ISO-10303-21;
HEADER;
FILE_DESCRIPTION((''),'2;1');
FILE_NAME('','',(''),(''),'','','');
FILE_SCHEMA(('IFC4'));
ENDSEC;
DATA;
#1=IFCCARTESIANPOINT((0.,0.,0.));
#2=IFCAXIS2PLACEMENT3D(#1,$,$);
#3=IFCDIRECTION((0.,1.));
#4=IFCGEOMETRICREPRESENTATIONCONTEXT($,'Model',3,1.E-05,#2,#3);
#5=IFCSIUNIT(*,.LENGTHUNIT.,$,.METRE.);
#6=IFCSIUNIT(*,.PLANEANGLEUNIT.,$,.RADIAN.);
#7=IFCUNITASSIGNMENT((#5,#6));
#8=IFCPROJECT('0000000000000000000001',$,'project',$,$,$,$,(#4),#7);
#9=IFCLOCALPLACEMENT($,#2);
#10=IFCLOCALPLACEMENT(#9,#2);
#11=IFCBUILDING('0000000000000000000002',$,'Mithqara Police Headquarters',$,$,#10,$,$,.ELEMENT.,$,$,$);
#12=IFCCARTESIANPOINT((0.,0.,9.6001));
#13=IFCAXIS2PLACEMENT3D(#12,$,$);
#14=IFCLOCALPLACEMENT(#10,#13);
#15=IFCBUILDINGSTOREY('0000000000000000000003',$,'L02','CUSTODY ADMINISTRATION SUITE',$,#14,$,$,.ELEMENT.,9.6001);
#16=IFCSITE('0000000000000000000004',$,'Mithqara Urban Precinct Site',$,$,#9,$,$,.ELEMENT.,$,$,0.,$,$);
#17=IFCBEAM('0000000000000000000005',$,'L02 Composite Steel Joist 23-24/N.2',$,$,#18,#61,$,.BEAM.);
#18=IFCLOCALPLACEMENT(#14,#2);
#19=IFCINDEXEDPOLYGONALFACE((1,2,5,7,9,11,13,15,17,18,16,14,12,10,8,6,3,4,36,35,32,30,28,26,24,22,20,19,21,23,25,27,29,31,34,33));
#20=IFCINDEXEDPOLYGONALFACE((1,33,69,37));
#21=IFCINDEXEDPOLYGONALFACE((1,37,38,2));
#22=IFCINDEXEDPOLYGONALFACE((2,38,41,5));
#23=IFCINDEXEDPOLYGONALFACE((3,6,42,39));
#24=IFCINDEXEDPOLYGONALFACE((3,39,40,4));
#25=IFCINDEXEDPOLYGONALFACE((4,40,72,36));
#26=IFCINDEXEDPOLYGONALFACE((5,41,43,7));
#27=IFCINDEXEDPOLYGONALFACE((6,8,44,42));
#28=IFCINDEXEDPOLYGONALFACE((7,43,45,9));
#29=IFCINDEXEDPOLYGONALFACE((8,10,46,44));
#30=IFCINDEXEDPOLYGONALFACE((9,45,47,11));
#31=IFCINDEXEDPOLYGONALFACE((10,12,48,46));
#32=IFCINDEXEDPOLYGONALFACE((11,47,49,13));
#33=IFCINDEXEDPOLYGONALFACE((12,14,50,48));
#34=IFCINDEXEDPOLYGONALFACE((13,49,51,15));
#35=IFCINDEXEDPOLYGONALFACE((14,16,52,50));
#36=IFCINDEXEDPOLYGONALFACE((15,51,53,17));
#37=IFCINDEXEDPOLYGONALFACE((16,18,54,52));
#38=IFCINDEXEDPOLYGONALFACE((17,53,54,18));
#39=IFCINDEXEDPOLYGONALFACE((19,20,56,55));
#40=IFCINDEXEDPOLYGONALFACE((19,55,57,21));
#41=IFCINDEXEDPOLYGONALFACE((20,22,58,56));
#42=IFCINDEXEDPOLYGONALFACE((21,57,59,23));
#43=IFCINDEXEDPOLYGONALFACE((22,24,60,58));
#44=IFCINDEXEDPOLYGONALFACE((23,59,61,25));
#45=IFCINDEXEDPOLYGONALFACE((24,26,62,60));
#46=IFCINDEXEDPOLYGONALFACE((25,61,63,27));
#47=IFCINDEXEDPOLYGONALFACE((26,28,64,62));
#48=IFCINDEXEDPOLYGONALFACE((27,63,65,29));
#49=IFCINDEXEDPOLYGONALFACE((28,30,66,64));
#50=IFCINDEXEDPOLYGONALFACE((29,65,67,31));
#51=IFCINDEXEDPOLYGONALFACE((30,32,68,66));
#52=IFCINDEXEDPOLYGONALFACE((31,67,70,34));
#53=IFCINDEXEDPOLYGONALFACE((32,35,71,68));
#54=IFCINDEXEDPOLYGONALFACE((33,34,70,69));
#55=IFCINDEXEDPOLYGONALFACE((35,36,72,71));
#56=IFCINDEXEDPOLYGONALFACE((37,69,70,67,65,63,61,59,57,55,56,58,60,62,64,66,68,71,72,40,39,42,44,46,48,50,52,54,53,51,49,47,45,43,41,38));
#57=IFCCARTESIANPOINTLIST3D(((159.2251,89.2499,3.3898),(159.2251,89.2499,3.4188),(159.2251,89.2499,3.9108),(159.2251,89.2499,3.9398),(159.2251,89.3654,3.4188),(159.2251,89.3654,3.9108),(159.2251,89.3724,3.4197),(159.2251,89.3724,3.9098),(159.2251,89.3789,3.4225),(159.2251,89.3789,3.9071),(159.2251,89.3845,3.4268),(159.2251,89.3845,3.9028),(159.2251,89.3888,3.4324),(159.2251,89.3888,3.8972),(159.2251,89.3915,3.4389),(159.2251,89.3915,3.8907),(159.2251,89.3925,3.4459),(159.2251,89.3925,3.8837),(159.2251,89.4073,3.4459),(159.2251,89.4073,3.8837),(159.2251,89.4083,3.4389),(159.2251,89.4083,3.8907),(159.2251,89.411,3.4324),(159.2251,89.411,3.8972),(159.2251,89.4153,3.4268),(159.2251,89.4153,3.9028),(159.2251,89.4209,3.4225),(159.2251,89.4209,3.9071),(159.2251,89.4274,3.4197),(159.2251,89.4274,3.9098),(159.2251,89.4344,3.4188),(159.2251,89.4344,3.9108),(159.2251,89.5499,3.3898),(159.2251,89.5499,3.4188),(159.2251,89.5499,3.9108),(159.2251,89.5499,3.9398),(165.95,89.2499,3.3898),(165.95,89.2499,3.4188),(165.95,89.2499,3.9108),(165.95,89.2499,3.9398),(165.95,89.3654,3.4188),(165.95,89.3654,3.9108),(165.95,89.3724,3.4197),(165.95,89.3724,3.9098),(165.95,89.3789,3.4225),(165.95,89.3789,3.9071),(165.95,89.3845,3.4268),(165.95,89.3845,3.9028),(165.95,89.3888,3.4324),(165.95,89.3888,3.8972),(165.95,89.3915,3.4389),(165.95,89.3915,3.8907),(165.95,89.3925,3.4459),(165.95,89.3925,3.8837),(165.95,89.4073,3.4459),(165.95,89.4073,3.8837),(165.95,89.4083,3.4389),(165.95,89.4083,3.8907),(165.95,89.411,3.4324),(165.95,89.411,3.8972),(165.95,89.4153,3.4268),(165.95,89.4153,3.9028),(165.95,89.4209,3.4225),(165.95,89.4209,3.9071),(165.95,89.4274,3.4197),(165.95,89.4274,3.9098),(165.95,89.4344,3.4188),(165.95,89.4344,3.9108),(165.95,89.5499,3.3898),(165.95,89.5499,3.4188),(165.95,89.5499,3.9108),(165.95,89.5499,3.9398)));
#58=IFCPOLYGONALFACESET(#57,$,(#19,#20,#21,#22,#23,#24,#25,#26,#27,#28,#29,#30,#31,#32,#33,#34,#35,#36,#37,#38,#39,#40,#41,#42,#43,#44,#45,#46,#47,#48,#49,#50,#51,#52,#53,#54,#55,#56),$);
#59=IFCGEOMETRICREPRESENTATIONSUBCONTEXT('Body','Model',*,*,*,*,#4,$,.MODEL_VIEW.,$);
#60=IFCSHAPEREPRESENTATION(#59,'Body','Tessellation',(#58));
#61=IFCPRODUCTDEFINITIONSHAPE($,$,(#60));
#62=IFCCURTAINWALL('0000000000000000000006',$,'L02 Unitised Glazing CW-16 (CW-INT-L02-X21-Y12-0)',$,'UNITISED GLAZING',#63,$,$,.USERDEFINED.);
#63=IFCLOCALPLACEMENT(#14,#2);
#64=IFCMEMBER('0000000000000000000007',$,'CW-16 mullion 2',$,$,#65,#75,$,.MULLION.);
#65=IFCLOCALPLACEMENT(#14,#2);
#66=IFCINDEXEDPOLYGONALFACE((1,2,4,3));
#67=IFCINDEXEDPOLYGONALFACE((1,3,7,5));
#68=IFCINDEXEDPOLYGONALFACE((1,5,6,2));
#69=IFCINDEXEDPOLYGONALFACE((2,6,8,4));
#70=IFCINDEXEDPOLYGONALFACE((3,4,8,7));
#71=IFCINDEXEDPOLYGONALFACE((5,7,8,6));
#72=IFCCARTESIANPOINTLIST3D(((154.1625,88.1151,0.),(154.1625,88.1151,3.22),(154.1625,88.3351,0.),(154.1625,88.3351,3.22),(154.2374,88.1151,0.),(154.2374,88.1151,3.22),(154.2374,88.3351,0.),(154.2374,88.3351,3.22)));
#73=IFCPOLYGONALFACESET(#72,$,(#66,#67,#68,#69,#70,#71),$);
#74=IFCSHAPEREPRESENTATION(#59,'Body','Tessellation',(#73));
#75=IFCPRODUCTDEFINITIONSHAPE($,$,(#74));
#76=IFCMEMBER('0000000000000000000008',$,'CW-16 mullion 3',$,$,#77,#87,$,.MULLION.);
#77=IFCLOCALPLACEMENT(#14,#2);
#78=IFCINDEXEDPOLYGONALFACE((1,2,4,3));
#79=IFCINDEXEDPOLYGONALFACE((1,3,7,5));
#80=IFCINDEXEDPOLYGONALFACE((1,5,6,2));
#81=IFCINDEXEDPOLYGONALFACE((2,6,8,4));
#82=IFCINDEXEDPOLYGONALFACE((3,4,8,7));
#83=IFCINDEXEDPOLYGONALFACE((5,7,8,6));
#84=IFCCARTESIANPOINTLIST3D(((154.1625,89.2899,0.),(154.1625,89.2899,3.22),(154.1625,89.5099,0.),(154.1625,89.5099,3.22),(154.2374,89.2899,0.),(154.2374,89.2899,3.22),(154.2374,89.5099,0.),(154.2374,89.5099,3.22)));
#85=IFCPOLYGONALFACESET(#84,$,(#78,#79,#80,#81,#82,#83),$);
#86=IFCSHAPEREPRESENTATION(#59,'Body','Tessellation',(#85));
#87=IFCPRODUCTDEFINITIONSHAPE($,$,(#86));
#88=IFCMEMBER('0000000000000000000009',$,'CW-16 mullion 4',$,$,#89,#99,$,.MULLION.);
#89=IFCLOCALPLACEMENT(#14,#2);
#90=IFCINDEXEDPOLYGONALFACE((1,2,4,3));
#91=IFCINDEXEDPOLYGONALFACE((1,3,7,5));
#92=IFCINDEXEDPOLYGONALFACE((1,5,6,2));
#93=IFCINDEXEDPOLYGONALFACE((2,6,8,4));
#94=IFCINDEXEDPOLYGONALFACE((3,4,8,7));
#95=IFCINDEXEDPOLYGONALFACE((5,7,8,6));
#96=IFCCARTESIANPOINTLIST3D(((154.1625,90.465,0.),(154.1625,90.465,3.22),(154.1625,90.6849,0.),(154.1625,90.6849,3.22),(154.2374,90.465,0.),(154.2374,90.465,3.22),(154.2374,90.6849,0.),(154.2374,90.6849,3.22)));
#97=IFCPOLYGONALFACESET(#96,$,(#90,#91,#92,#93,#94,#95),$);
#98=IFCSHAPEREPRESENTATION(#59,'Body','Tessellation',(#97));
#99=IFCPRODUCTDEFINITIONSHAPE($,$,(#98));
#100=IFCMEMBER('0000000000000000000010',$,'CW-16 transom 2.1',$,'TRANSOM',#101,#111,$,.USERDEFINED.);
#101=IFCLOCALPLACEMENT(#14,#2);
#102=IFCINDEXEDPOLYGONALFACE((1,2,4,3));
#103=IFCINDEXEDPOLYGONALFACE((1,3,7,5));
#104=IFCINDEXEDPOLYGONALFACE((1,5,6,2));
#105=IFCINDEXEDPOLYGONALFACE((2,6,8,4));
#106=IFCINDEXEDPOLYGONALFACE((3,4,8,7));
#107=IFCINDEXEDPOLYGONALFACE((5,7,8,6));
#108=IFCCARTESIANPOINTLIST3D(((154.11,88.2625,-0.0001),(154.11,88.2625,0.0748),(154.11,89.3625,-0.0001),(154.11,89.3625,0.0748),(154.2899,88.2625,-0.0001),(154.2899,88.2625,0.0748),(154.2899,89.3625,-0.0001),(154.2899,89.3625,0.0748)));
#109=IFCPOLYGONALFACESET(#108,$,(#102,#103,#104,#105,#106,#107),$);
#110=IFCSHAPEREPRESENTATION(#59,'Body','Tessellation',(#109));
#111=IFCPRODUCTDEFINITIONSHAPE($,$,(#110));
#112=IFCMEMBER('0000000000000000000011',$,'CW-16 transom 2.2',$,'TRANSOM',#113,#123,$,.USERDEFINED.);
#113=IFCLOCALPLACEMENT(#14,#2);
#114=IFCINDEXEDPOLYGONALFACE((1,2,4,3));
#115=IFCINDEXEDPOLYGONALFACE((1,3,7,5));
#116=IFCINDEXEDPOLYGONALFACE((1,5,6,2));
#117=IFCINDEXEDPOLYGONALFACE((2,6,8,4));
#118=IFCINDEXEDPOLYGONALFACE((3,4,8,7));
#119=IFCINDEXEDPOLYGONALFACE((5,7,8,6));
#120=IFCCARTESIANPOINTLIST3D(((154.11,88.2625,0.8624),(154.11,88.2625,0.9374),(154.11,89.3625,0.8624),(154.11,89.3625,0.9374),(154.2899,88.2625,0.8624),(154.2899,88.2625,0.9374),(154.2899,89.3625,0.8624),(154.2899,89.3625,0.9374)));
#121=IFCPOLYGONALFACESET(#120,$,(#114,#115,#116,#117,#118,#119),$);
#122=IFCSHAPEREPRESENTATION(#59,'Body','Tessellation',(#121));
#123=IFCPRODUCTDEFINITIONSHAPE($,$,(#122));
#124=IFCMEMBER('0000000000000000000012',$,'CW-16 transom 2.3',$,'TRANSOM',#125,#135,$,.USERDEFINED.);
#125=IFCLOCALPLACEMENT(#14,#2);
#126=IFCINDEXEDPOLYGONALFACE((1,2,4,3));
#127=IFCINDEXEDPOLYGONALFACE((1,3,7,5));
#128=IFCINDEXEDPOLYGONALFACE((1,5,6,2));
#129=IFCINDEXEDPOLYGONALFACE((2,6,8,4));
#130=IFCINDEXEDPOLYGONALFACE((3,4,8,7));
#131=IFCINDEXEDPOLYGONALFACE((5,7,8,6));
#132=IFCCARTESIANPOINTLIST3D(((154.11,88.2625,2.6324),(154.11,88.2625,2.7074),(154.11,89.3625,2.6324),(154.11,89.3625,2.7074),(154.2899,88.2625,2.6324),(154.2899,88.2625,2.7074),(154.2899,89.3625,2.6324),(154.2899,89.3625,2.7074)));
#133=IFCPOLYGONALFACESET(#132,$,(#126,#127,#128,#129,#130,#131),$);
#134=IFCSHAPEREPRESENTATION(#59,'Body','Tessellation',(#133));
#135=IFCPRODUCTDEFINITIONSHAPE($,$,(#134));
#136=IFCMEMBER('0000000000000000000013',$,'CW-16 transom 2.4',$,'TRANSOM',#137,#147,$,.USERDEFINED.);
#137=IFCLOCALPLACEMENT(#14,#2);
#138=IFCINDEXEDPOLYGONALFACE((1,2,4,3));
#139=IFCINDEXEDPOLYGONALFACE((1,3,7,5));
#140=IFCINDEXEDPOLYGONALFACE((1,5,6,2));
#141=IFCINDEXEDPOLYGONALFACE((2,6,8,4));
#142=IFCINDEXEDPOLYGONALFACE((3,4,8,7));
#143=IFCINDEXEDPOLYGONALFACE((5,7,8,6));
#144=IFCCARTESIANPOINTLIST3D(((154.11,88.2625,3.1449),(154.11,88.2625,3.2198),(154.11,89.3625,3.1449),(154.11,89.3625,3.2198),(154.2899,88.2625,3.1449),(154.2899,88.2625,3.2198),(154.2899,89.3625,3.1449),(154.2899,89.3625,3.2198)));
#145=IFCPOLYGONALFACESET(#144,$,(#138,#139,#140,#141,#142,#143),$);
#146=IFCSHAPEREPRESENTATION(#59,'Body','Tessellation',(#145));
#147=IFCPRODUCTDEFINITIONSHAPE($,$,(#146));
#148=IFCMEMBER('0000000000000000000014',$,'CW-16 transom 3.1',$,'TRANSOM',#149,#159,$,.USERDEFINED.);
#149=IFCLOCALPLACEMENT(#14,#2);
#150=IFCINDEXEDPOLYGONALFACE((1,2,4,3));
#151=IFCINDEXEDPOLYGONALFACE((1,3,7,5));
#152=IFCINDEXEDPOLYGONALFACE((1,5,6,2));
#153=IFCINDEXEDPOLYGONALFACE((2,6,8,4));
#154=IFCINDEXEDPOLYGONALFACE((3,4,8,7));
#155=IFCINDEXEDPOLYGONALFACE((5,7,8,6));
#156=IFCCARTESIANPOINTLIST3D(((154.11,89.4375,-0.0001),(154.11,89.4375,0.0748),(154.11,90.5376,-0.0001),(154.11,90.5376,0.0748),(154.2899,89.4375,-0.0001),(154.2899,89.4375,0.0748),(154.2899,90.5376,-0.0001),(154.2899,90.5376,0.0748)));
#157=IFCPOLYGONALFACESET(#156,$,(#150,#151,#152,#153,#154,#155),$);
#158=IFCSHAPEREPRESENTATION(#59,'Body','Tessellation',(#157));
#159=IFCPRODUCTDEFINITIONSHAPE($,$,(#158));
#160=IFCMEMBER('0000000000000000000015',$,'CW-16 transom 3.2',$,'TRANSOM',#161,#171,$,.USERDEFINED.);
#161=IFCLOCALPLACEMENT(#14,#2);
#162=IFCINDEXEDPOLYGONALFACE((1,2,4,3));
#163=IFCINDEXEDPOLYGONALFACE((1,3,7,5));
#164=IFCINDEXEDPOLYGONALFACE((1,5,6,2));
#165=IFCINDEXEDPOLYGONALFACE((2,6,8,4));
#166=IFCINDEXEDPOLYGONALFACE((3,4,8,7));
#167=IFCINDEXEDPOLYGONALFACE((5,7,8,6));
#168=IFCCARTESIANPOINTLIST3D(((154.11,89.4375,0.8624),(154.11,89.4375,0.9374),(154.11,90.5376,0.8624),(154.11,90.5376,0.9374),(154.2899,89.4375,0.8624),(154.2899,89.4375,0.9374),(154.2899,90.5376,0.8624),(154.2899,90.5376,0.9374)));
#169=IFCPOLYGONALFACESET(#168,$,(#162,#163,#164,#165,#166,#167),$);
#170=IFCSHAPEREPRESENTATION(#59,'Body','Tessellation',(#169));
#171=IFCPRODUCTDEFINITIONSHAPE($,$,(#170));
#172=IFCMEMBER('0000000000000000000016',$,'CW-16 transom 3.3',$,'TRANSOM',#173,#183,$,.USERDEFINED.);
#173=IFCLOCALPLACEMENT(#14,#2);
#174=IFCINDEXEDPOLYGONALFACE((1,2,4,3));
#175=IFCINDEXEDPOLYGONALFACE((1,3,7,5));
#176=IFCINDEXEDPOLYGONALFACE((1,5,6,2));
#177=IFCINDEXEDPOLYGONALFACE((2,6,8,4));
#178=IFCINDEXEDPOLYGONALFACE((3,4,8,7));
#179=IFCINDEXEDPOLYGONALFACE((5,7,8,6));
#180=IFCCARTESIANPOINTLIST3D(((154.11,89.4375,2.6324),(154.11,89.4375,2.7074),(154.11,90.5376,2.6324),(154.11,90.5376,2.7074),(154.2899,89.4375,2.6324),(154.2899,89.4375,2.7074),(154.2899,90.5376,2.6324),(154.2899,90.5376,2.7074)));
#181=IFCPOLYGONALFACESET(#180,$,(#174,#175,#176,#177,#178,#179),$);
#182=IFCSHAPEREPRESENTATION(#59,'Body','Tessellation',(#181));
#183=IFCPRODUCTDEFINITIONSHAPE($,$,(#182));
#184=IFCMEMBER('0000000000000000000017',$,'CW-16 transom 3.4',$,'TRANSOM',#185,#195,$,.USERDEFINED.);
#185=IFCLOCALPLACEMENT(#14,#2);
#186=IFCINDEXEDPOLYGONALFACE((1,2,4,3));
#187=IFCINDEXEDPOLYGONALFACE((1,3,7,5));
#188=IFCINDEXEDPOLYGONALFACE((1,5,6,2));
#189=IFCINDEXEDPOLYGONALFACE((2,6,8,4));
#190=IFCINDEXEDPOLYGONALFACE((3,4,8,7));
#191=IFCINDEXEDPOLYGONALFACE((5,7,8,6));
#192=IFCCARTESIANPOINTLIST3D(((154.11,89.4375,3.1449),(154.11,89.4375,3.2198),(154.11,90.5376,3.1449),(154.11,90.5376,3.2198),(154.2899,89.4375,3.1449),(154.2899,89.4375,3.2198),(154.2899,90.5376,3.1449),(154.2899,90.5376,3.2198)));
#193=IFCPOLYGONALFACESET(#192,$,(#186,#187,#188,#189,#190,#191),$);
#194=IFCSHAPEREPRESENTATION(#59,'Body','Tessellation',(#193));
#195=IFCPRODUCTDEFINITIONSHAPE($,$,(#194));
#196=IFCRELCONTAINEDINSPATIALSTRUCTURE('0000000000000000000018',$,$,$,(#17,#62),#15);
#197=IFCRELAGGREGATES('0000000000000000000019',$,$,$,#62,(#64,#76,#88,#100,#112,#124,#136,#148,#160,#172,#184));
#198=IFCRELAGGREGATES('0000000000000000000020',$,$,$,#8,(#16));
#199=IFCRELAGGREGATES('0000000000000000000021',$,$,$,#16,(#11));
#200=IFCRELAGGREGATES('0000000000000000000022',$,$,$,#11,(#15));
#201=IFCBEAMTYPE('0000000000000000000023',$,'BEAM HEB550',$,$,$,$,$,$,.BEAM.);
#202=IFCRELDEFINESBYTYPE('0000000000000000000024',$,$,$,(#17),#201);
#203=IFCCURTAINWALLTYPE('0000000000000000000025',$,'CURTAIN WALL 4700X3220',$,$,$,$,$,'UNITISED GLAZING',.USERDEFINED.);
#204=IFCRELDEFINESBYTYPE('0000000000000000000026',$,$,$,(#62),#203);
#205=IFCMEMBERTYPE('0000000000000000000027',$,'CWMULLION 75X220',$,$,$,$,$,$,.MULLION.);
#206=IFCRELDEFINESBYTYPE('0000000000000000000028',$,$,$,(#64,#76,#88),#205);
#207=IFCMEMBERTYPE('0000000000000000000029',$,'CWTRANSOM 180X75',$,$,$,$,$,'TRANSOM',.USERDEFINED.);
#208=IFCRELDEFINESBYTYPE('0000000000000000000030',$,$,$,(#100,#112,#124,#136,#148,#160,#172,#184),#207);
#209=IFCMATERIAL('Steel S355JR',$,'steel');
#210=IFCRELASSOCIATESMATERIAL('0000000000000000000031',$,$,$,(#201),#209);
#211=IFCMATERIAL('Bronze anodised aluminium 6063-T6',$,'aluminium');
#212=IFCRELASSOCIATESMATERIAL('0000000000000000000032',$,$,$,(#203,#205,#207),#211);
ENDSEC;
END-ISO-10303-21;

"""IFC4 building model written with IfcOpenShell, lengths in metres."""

from ifc_helpers import new_model, si_unit, direction, frame, origin, origin_2d, place, context, subcontext, project, spatial, rectangle, i_section, extrude, material, material_profile, profile_set, type_object, element, aggregate, save


model = new_model("IFC4")

# Units and contexts
model_context = context("Model", 3, precision=1e-05, world=origin(), true_north=direction((0.0, 1.0)))
body_context = subcontext(model_context, "Body", "Model", "MODEL_VIEW")
ifc_project = project(units=[si_unit("LENGTHUNIT", "METRE"), si_unit("PLANEANGLEUNIT", "RADIAN")], contexts=[model_context])

# Site, building, storey
site_placement = place(None, origin())
site = spatial("IfcSite", under=ifc_project, at=site_placement, Name="Mithqara Urban Precinct Site", CompositionType="ELEMENT", RefElevation=0.0)
building_placement = place(site_placement, origin())
building = spatial("IfcBuilding", under=site, at=building_placement, Name="Mithqara Police Headquarters", CompositionType="ELEMENT")
storey_placement = place(building_placement, frame((0.0, 0.0, 9.6001)))
storey = spatial("IfcBuildingStorey", under=building, at=storey_placement, Name="L02", Description="CUSTODY ADMINISTRATION SUITE", CompositionType="ELEMENT", Elevation=9.6001)

# Beam
ifc_material_1 = material(Name="Steel S355JR", Category="steel")
ifc_material_profile_1 = material_profile(ifc_material_1, i_section(OverallWidth=0.3, OverallDepth=0.55, WebThickness=0.0149, FlangeThickness=0.0291, FilletRadius=0.0271, at=origin_2d()), Name="HEB 550")
ifc_profile_set_1 = profile_set([ifc_material_profile_1], Name="Steel S355JR")
beam_type = type_object("IfcBeamType", Name="BEAM HEB550", PredefinedType="BEAM", material=ifc_profile_set_1)
beam_placement = place(storey_placement, frame((159.2251, 89.3999, 3.6648), z_axis=(1.0, 0.0, 0.0), x_axis=(0.0, 1.0, 0.0)))
element("IfcBeam", 1, at=beam_placement, inside=storey, type_object=beam_type, Name="L02 Composite Steel Joist 23-24/N.2", PredefinedType="BEAM", context=body_context, shape_type="SweptSolid", body=[
    extrude(i_section(OverallWidth=0.3, OverallDepth=0.55, WebThickness=0.0149, FlangeThickness=0.0291, FilletRadius=0.0271, at=origin_2d()), origin(), (0.0, 0.0, 1.0), 6.7249),
])

# Curtain wall, members
ifc_material_2 = material(Name="Bronze anodised aluminium 6063-T6", Category="aluminium")
curtain_wall_type = type_object("IfcCurtainWallType", Name="CURTAIN WALL 4700X3220", ElementType="UNITISED GLAZING", PredefinedType="USERDEFINED", material=ifc_material_2)
curtain_wall_placement = place(storey_placement, origin())
curtain_wall = element("IfcCurtainWall", 2, at=curtain_wall_placement, inside=storey, type_object=curtain_wall_type, Name="L02 Unitised Glazing CW-16 (CW-INT-L02-X21-Y12-0)", ObjectType="UNITISED GLAZING", PredefinedType="USERDEFINED")
ifc_material_profile_2 = material_profile(ifc_material_2, rectangle(XDim=0.075, YDim=0.22, at=origin_2d()), Name="CWM 75x220")
ifc_profile_set_2 = profile_set([ifc_material_profile_2], Name="Bronze anodised aluminium 6063-T6")
member_type_1 = type_object("IfcMemberType", Name="CWMULLION 75X220", PredefinedType="MULLION", material=ifc_profile_set_2)
member_1_placement = place(storey_placement, frame((154.2, 88.2251, 0.0), z_axis=(0.0, 0.0, 1.0), x_axis=(-1.0, 0.0, 0.0)))
member_1 = element("IfcMember", 3, at=member_1_placement, type_object=member_type_1, Name="CW-16 mullion 2", PredefinedType="MULLION", context=body_context, shape_type="SweptSolid", body=[
    extrude(rectangle(XDim=0.075, YDim=0.22, at=origin_2d()), origin(), (0.0, 0.0, 1.0), 3.22),
])
member_2_placement = place(storey_placement, frame((154.2, 89.3999, 0.0), z_axis=(0.0, 0.0, 1.0), x_axis=(-1.0, 0.0, 0.0)))
member_2 = element("IfcMember", 4, at=member_2_placement, type_object=member_type_1, Name="CW-16 mullion 3", PredefinedType="MULLION", context=body_context, shape_type="SweptSolid", body=[
    extrude(rectangle(XDim=0.075, YDim=0.22, at=origin_2d()), origin(), (0.0, 0.0, 1.0), 3.22),
])
member_3_placement = place(storey_placement, frame((154.2, 90.575, 0.0), z_axis=(0.0, 0.0, 1.0), x_axis=(-1.0, 0.0, 0.0)))
member_3 = element("IfcMember", 5, at=member_3_placement, type_object=member_type_1, Name="CW-16 mullion 4", PredefinedType="MULLION", context=body_context, shape_type="SweptSolid", body=[
    extrude(rectangle(XDim=0.075, YDim=0.22, at=origin_2d()), origin(), (0.0, 0.0, 1.0), 3.22),
])
ifc_material_profile_3 = material_profile(ifc_material_2, rectangle(XDim=0.1799, YDim=0.075, at=origin_2d()), Name="CWT 180x75")
ifc_profile_set_3 = profile_set([ifc_material_profile_3], Name="Bronze anodised aluminium 6063-T6")
member_type_2 = type_object("IfcMemberType", Name="CWTRANSOM 180X75", ElementType="TRANSOM", PredefinedType="USERDEFINED", material=ifc_profile_set_3)
member_4_placement = place(storey_placement, frame((154.2, 88.2625, 0.0374), z_axis=(0.0, 1.0, 0.0), x_axis=(-1.0, 0.0, 0.0)))
member_4 = element("IfcMember", 6, at=member_4_placement, type_object=member_type_2, Name="CW-16 transom 2.1", ObjectType="TRANSOM", PredefinedType="USERDEFINED", context=body_context, shape_type="SweptSolid", body=[
    extrude(rectangle(XDim=0.1799, YDim=0.075, at=origin_2d()), origin(), (0.0, 0.0, 1.0), 1.1001),
])
member_5_placement = place(storey_placement, frame((154.2, 88.2625, 0.8999), z_axis=(0.0, 1.0, 0.0), x_axis=(-1.0, 0.0, 0.0)))
member_5 = element("IfcMember", 7, at=member_5_placement, type_object=member_type_2, Name="CW-16 transom 2.2", ObjectType="TRANSOM", PredefinedType="USERDEFINED", context=body_context, shape_type="SweptSolid", body=[
    extrude(rectangle(XDim=0.1799, YDim=0.075, at=origin_2d()), origin(), (0.0, 0.0, 1.0), 1.1001),
])
member_6_placement = place(storey_placement, frame((154.2, 88.2625, 2.6699), z_axis=(0.0, 1.0, 0.0), x_axis=(-1.0, 0.0, 0.0)))
member_6 = element("IfcMember", 8, at=member_6_placement, type_object=member_type_2, Name="CW-16 transom 2.3", ObjectType="TRANSOM", PredefinedType="USERDEFINED", context=body_context, shape_type="SweptSolid", body=[
    extrude(rectangle(XDim=0.1799, YDim=0.075, at=origin_2d()), origin(), (0.0, 0.0, 1.0), 1.1001),
])
member_7_placement = place(storey_placement, frame((154.2, 88.2625, 3.1824), z_axis=(0.0, 1.0, 0.0), x_axis=(-1.0, 0.0, 0.0)))
member_7 = element("IfcMember", 9, at=member_7_placement, type_object=member_type_2, Name="CW-16 transom 2.4", ObjectType="TRANSOM", PredefinedType="USERDEFINED", context=body_context, shape_type="SweptSolid", body=[
    extrude(rectangle(XDim=0.1799, YDim=0.075, at=origin_2d()), origin(), (0.0, 0.0, 1.0), 1.1001),
])
member_8_placement = place(storey_placement, frame((154.2, 89.4375, 0.0374), z_axis=(0.0, 1.0, 0.0), x_axis=(-1.0, 0.0, 0.0)))
member_8 = element("IfcMember", 10, at=member_8_placement, type_object=member_type_2, Name="CW-16 transom 3.1", ObjectType="TRANSOM", PredefinedType="USERDEFINED", context=body_context, shape_type="SweptSolid", body=[
    extrude(rectangle(XDim=0.1799, YDim=0.075, at=origin_2d()), origin(), (0.0, 0.0, 1.0), 1.1001),
])
member_9_placement = place(storey_placement, frame((154.2, 89.4375, 0.8999), z_axis=(0.0, 1.0, 0.0), x_axis=(-1.0, 0.0, 0.0)))
member_9 = element("IfcMember", 11, at=member_9_placement, type_object=member_type_2, Name="CW-16 transom 3.2", ObjectType="TRANSOM", PredefinedType="USERDEFINED", context=body_context, shape_type="SweptSolid", body=[
    extrude(rectangle(XDim=0.1799, YDim=0.075, at=origin_2d()), origin(), (0.0, 0.0, 1.0), 1.1001),
])
member_10_placement = place(storey_placement, frame((154.2, 89.4375, 2.6699), z_axis=(0.0, 1.0, 0.0), x_axis=(-1.0, 0.0, 0.0)))
member_10 = element("IfcMember", 12, at=member_10_placement, type_object=member_type_2, Name="CW-16 transom 3.3", ObjectType="TRANSOM", PredefinedType="USERDEFINED", context=body_context, shape_type="SweptSolid", body=[
    extrude(rectangle(XDim=0.1799, YDim=0.075, at=origin_2d()), origin(), (0.0, 0.0, 1.0), 1.1001),
])
member_11_placement = place(storey_placement, frame((154.2, 89.4375, 3.1824), z_axis=(0.0, 1.0, 0.0), x_axis=(-1.0, 0.0, 0.0)))
member_11 = element("IfcMember", 13, at=member_11_placement, type_object=member_type_2, Name="CW-16 transom 3.4", ObjectType="TRANSOM", PredefinedType="USERDEFINED", context=body_context, shape_type="SweptSolid", body=[
    extrude(rectangle(XDim=0.1799, YDim=0.075, at=origin_2d()), origin(), (0.0, 0.0, 1.0), 1.1001),
])
aggregate(curtain_wall, [member_1, member_2, member_3, member_4, member_5, member_6, member_7, member_8, member_9, member_10, member_11])

save(model, "model.ifc")
